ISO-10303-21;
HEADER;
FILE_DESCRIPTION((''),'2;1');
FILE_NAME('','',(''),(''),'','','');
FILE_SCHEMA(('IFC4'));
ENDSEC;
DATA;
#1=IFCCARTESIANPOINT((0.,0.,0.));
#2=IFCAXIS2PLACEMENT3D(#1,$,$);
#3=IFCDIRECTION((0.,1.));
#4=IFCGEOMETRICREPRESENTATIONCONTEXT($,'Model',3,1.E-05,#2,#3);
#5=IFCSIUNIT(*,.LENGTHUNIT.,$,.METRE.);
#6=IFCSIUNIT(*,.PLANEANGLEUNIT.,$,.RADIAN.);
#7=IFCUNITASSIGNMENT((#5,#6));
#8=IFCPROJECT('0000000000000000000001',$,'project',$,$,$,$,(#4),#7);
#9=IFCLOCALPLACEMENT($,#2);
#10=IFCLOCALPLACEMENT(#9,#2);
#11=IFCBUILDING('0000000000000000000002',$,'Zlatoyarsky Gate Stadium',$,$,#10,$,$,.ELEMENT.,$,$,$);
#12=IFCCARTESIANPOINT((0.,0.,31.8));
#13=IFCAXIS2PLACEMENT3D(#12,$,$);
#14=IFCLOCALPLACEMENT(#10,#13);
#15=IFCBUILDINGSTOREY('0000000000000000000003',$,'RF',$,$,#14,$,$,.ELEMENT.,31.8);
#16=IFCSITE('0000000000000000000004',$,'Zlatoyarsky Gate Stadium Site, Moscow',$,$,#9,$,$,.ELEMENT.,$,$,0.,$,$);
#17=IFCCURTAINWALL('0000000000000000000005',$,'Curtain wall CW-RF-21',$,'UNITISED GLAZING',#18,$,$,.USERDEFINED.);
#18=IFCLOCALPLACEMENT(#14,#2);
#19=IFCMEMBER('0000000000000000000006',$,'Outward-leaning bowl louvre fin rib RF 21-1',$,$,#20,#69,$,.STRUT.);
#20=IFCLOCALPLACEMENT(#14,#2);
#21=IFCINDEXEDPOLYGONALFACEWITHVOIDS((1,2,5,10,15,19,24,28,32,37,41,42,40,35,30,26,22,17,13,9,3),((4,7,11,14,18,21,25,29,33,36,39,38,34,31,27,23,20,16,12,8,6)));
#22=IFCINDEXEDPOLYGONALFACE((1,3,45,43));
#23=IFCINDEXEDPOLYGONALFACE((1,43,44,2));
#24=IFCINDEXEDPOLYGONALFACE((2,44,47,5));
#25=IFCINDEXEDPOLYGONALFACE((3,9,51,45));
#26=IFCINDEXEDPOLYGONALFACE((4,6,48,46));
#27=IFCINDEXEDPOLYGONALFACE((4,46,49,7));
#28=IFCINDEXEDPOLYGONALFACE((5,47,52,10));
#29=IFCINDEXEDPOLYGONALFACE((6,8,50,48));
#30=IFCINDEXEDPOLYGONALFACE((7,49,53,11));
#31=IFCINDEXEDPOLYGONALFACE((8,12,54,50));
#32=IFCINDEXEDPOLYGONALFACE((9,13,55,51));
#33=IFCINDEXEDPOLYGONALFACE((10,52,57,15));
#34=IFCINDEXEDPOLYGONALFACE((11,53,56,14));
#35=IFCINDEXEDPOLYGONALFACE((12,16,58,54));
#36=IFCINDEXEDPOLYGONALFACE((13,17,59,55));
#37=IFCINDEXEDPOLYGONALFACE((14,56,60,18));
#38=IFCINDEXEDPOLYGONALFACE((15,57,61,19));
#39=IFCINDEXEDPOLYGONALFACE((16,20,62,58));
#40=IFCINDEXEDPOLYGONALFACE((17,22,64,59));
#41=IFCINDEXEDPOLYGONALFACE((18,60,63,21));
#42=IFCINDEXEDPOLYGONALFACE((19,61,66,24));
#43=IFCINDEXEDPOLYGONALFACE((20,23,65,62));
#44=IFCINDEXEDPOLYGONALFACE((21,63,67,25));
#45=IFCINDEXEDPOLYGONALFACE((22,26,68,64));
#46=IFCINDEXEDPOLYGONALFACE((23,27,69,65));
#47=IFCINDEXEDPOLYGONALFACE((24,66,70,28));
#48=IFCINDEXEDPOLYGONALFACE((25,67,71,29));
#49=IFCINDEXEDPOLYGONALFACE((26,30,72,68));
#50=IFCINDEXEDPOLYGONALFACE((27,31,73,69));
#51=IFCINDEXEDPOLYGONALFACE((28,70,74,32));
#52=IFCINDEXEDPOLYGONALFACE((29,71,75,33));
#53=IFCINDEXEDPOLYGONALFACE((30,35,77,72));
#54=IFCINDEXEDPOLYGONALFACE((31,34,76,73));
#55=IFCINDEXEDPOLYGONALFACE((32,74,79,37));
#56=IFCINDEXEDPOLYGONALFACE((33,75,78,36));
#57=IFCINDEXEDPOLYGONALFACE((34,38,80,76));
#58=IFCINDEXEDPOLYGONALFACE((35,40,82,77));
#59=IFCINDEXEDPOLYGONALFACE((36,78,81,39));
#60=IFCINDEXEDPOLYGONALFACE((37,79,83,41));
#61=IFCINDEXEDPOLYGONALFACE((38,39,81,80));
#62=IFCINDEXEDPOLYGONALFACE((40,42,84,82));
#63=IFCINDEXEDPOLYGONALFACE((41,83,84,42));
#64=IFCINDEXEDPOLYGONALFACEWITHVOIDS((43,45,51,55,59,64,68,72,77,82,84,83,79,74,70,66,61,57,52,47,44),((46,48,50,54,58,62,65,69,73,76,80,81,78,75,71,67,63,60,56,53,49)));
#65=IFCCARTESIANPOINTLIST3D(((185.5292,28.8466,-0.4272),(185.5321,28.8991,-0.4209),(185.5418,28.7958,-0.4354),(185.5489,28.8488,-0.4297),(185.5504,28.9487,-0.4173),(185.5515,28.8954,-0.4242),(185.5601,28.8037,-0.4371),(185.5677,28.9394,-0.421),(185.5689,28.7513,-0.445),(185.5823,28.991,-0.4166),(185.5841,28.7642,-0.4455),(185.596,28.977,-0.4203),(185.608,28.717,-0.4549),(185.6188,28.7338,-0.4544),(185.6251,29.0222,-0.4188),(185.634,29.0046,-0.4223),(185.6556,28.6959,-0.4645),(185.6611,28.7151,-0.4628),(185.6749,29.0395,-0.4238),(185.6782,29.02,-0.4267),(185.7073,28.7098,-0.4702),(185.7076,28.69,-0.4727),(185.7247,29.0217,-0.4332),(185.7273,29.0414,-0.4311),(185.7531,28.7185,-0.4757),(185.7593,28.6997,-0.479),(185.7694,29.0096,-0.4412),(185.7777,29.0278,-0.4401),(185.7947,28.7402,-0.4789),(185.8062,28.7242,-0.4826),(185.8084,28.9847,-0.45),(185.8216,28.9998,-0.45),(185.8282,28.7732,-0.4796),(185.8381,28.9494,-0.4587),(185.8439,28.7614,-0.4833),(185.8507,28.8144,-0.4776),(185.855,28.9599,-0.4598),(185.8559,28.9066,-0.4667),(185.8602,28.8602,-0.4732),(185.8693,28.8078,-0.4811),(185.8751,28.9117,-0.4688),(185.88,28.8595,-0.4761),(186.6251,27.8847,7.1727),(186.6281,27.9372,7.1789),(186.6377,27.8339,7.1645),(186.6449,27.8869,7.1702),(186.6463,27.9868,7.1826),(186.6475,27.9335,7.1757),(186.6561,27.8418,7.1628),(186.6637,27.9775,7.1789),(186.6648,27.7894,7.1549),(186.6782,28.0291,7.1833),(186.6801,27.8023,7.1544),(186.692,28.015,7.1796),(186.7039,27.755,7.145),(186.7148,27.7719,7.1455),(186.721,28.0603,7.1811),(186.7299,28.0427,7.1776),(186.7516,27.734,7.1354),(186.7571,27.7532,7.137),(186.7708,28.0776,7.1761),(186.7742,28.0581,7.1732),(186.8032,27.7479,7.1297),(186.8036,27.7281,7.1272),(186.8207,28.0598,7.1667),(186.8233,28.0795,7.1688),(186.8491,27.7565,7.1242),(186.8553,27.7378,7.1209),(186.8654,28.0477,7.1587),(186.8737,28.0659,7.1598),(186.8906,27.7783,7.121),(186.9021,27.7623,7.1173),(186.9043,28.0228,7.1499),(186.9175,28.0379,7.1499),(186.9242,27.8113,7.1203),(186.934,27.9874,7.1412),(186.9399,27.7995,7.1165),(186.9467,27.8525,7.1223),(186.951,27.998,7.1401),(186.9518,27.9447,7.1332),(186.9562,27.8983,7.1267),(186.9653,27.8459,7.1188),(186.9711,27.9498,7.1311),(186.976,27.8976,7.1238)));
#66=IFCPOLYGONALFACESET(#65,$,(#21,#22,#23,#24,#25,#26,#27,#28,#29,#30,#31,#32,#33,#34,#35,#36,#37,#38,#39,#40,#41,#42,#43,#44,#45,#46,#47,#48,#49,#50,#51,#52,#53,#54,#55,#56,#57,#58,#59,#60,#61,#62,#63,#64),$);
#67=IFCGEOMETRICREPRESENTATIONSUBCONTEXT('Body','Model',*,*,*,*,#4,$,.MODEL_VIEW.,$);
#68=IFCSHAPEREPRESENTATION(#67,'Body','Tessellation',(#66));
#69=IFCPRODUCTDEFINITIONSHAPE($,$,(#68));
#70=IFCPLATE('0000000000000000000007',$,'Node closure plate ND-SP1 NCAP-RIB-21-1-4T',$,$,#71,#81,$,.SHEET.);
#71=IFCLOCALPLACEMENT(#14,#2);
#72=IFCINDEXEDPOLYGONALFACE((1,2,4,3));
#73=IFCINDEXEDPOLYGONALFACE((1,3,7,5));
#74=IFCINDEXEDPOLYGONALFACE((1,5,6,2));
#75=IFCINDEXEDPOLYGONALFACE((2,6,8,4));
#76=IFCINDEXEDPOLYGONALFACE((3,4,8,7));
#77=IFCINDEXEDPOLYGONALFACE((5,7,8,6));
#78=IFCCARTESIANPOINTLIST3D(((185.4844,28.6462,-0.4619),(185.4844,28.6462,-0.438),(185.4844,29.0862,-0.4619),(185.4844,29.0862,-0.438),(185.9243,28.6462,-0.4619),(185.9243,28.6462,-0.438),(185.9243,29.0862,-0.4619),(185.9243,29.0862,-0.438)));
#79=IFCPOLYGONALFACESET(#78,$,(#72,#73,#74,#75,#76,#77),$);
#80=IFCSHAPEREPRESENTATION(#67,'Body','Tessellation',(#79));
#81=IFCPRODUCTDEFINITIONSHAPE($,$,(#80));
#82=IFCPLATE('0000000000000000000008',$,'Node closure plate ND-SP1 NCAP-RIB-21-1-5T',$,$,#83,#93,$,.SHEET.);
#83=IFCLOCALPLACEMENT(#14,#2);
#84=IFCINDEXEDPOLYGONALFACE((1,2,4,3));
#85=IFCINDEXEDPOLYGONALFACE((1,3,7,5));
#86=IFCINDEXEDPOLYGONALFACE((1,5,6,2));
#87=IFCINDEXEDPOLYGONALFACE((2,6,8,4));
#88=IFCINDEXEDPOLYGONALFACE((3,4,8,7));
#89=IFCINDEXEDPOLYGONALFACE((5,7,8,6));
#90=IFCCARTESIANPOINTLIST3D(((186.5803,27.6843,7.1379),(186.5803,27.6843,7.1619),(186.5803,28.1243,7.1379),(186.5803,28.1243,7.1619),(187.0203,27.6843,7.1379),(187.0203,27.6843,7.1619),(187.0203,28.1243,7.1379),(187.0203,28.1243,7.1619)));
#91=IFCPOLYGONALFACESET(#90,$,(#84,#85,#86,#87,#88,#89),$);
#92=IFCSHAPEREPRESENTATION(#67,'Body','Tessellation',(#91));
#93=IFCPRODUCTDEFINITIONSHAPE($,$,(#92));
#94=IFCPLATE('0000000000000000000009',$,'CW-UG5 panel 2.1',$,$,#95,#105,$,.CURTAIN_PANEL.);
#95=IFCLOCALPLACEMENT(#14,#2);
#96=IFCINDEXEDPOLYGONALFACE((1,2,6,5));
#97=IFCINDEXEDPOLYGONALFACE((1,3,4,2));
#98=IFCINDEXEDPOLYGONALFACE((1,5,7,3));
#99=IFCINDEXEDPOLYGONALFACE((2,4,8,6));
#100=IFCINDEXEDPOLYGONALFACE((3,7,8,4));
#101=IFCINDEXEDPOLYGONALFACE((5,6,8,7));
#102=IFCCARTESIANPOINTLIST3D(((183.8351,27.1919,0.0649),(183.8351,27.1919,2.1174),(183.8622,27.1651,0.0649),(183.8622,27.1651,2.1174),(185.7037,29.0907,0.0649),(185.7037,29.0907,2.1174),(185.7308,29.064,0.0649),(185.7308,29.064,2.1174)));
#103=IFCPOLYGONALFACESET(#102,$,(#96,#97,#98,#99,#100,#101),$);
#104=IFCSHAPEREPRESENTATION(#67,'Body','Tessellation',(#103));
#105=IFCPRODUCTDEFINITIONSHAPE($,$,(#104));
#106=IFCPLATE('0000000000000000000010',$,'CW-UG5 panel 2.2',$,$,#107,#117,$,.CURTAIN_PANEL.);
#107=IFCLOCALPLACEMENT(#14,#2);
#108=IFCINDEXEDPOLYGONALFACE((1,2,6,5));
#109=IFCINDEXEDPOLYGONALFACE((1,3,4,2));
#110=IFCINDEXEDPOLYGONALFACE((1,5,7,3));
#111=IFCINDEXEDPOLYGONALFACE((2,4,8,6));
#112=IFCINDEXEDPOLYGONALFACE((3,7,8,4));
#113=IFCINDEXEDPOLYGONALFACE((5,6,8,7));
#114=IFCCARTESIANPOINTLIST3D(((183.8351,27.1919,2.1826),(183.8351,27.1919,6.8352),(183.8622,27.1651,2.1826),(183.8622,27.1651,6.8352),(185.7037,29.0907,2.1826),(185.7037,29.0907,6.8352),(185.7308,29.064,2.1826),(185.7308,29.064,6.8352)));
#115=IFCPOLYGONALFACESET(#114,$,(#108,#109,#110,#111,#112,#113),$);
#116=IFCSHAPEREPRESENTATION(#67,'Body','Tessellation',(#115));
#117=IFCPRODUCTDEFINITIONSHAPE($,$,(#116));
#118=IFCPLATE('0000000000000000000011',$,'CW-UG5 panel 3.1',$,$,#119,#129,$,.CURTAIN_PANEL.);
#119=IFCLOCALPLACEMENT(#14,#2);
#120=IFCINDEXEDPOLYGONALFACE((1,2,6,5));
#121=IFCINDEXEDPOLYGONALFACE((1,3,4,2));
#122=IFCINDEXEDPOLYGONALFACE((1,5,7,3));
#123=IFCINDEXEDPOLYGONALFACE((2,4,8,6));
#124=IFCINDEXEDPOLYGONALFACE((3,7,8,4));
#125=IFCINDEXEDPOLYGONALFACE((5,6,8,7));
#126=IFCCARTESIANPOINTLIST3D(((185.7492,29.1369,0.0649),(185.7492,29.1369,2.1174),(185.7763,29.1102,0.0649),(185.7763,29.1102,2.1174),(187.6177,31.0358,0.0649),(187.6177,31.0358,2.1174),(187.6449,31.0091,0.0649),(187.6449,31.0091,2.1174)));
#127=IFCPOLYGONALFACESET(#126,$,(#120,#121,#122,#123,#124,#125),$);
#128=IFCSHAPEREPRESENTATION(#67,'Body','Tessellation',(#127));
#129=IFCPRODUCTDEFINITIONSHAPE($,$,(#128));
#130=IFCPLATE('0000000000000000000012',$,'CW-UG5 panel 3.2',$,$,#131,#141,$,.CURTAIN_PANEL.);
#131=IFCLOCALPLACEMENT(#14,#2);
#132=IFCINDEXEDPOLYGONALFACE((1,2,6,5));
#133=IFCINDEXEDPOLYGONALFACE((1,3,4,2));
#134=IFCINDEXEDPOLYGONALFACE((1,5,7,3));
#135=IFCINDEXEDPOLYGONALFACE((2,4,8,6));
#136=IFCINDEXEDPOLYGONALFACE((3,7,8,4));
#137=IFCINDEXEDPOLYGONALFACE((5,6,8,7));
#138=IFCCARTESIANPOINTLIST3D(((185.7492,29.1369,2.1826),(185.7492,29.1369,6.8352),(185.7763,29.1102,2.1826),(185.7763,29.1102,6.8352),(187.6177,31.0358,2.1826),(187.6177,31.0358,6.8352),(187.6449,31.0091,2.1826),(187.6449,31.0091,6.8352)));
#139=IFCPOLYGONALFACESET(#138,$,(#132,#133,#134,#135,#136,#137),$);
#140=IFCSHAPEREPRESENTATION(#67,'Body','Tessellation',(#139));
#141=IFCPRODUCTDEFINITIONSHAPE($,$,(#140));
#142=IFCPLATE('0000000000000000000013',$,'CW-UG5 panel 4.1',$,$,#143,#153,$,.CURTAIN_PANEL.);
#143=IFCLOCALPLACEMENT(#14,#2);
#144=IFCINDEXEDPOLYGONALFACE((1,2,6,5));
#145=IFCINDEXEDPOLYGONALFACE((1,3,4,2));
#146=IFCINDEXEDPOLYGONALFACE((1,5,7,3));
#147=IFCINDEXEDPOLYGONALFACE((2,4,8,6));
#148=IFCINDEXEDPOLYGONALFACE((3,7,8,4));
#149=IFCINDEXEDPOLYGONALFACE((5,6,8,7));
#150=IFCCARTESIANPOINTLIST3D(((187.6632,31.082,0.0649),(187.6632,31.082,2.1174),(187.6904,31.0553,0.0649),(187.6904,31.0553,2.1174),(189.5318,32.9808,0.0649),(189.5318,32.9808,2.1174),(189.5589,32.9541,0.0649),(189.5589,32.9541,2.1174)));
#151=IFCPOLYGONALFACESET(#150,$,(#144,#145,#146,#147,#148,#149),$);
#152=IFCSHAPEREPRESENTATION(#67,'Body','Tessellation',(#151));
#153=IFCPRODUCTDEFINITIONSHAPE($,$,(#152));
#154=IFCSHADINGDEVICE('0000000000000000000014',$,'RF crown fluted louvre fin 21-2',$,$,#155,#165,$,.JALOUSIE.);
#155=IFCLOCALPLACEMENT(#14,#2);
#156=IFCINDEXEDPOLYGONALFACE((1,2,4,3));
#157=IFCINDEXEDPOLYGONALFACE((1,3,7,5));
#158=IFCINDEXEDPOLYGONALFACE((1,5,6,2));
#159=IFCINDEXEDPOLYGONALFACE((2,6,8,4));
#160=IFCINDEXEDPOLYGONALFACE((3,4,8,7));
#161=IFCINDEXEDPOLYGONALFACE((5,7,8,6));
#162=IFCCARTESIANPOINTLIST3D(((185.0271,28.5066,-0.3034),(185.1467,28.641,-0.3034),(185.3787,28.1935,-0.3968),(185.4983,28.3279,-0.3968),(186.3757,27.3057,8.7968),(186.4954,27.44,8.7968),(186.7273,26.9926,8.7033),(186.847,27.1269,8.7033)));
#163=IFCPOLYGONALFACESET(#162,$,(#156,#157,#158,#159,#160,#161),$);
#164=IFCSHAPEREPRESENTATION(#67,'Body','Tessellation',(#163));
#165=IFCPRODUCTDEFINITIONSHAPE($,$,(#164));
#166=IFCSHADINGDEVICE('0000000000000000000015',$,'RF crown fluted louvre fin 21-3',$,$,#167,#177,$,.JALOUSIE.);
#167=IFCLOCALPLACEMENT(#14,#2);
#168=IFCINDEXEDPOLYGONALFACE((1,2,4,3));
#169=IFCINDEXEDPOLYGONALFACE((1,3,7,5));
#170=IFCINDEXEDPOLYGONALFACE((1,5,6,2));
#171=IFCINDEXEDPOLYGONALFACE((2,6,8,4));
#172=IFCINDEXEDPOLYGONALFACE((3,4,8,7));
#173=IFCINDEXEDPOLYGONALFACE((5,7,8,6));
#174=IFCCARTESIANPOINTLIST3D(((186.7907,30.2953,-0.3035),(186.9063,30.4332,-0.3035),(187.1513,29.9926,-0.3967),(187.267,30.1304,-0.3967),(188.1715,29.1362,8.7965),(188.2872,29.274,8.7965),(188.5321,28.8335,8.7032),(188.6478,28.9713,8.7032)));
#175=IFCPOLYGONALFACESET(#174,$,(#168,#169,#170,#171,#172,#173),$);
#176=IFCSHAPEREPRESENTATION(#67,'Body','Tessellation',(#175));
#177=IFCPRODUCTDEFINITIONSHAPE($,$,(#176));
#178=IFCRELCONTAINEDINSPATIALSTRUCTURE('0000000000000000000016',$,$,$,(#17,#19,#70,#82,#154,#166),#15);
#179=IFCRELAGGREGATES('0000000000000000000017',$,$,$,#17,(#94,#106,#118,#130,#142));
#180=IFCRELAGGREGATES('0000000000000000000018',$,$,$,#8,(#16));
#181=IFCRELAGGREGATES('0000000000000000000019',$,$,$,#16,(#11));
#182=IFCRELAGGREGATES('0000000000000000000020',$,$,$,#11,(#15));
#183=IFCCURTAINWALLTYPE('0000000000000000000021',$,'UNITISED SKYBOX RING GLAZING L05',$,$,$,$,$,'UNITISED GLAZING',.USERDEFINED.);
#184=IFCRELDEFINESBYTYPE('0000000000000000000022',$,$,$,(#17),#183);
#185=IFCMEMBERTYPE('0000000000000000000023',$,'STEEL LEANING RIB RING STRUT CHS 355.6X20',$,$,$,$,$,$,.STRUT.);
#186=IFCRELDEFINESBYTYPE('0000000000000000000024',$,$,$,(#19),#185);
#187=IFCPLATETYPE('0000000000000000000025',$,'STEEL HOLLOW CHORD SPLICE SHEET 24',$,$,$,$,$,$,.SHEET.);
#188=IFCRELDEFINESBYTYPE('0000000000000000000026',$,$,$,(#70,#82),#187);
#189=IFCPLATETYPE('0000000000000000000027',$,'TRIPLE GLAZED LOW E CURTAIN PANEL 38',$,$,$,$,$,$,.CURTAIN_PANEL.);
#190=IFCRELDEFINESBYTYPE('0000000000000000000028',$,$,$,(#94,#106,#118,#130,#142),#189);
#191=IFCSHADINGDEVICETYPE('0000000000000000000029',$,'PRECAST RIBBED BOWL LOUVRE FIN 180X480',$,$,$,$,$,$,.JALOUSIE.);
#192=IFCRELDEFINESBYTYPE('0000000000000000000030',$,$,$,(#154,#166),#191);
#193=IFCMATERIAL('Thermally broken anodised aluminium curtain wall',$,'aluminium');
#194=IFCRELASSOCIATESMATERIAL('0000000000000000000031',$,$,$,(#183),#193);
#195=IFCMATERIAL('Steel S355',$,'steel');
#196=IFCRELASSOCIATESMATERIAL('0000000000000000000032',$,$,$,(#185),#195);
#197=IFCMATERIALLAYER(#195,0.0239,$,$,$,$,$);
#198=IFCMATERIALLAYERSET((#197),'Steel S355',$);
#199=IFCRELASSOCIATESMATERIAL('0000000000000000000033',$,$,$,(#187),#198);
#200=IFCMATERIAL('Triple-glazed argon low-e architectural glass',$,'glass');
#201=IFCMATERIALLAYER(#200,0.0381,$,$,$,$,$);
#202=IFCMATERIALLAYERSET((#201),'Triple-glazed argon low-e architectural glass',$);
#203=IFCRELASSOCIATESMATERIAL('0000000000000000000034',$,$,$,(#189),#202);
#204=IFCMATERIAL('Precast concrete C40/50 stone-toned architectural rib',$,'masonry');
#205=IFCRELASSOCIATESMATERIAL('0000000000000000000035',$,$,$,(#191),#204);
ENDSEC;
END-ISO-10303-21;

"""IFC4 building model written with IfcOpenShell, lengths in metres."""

from ifc_helpers import new_model, si_unit, direction, frame, origin, origin_2d, place, context, subcontext, project, spatial, rectangle, hollow_circle, extrude, material, layer, layer_set, material_profile, profile_set, type_object, element, aggregate, save


model = new_model("IFC4")

# Units and contexts
model_context = context("Model", 3, precision=1e-05, world=origin(), true_north=direction((0.0, 1.0)))
body_context = subcontext(model_context, "Body", "Model", "MODEL_VIEW")
ifc_project = project(units=[si_unit("LENGTHUNIT", "METRE"), si_unit("PLANEANGLEUNIT", "RADIAN")], contexts=[model_context])

# Site, building, storey
site_placement = place(None, origin())
site = spatial("IfcSite", under=ifc_project, at=site_placement, Name="Zlatoyarsky Gate Stadium Site, Moscow", CompositionType="ELEMENT", RefElevation=0.0)
building_placement = place(site_placement, origin())
building = spatial("IfcBuilding", under=site, at=building_placement, Name="Zlatoyarsky Gate Stadium", CompositionType="ELEMENT")
storey_placement = place(building_placement, frame((0.0, 0.0, 31.8)))
storey = spatial("IfcBuildingStorey", under=building, at=storey_placement, Name="RF", CompositionType="ELEMENT", Elevation=31.8)

# Curtain wall
ifc_material_1 = material(Name="Thermally broken anodised aluminium curtain wall", Category="aluminium")
curtain_wall_type = type_object("IfcCurtainWallType", Name="UNITISED SKYBOX RING GLAZING L05", ElementType="UNITISED GLAZING", PredefinedType="USERDEFINED", material=ifc_material_1)
curtain_wall_placement = place(storey_placement, origin())
curtain_wall = element("IfcCurtainWall", 1, at=curtain_wall_placement, inside=storey, type_object=curtain_wall_type, Name="Curtain wall CW-RF-21", ObjectType="UNITISED GLAZING", PredefinedType="USERDEFINED")

# Member
ifc_material_2 = material(Name="Steel S355", Category="steel")
ifc_material_profile_1 = material_profile(ifc_material_2, hollow_circle(Radius=0.1777, WallThickness=0.02, at=origin_2d()), Name="CHS 355.6X20")
ifc_profile_set_1 = profile_set([ifc_material_profile_1], Name="Steel S355")
member_type_1 = type_object("IfcMemberType", Name="STEEL LEANING RIB RING STRUT CHS 355.6X20", PredefinedType="STRUT", material=ifc_profile_set_1)
member_1_placement = place(storey_placement, frame((185.7043, 28.8662, -0.45), z_axis=(0.141623, -0.124303, 0.982085), x_axis=(0.659654, 0.75157, 0.0)))
element("IfcMember", 2, at=member_1_placement, inside=storey, type_object=member_type_1, Name="Outward-leaning bowl louvre fin rib RF 21-1", PredefinedType="STRUT", context=body_context, shape_type="SweptSolid", body=[
    extrude(hollow_circle(Radius=0.1777, WallThickness=0.02, at=origin_2d()), origin(), (0.0, 0.0, 1.0), 7.7385),
])

# Plates
ifc_layer_1 = layer(ifc_material_2, 0.0239)
ifc_layer_set_1 = layer_set([ifc_layer_1], Name="Steel S355")
plate_type_1 = type_object("IfcPlateType", Name="STEEL HOLLOW CHORD SPLICE SHEET 24", PredefinedType="SHEET", material=ifc_layer_set_1)
for number, where, z_axis, x_axis, name in (
    (3, (185.7043, 28.8662, -0.4619), (0.0, 0.0, 1.0), (1.0, 0.0, 0.0), "Node closure plate ND-SP1 NCAP-RIB-21-1-4T"),
    (4, (186.8003, 27.9043, 7.1379), (0.0, 0.0, 1.0), (1.0, 0.0, 0.0), "Node closure plate ND-SP1 NCAP-RIB-21-1-5T"),
):
    element("IfcPlate", number, at=place(storey_placement, frame(where, z_axis=z_axis, x_axis=x_axis)), inside=storey, type_object=plate_type_1, Name=name, PredefinedType="SHEET", context=body_context, shape_type="SweptSolid", body=[
        extrude(rectangle(XDim=0.4399, YDim=0.4399, at=origin_2d()), origin(), (0.0, 0.0, 1.0), 0.0239),
    ])

# Plates
ifc_material_3 = material(Name="Triple-glazed argon low-e architectural glass", Category="glass")
ifc_layer_2 = layer(ifc_material_3, 0.0381)
ifc_layer_set_2 = layer_set([ifc_layer_2], Name="Triple-glazed argon low-e architectural glass")
plate_type_2 = type_object("IfcPlateType", Name="TRIPLE GLAZED LOW E CURTAIN PANEL 38", PredefinedType="CURTAIN_PANEL", material=ifc_layer_set_2)
plate_1_placement = place(storey_placement, frame((184.783, 28.1279, 0.0649), z_axis=(0.0, 0.0, 1.0), x_axis=(0.701402, 0.712766, 0.0)))
plate_1 = element("IfcPlate", 5, at=plate_1_placement, type_object=plate_type_2, Name="CW-UG5 panel 2.1", PredefinedType="CURTAIN_PANEL", context=body_context, shape_type="SweptSolid", body=[
    extrude(rectangle(XDim=2.6641, YDim=0.0381, at=origin_2d()), origin(), (0.0, 0.0, 1.0), 2.0525),
])
plate_2_placement = place(storey_placement, frame((184.783, 28.1279, 2.1826), z_axis=(0.0, 0.0, 1.0), x_axis=(0.701402, 0.712766, 0.0)))
plate_2 = element("IfcPlate", 6, at=plate_2_placement, type_object=plate_type_2, Name="CW-UG5 panel 2.2", PredefinedType="CURTAIN_PANEL", context=body_context, shape_type="SweptSolid", body=[
    extrude(rectangle(XDim=2.6641, YDim=0.0381, at=origin_2d()), origin(), (0.0, 0.0, 1.0), 4.6526),
])
plate_3_placement = place(storey_placement, frame((186.697, 30.073, 0.0649), z_axis=(0.0, 0.0, 1.0), x_axis=(0.701402, 0.712766, 0.0)))
plate_3 = element("IfcPlate", 7, at=plate_3_placement, type_object=plate_type_2, Name="CW-UG5 panel 3.1", PredefinedType="CURTAIN_PANEL", context=body_context, shape_type="SweptSolid", body=[
    extrude(rectangle(XDim=2.6641, YDim=0.0381, at=origin_2d()), origin(), (0.0, 0.0, 1.0), 2.0525),
])
plate_4_placement = place(storey_placement, frame((186.697, 30.073, 2.1826), z_axis=(0.0, 0.0, 1.0), x_axis=(0.701402, 0.712766, 0.0)))
plate_4 = element("IfcPlate", 8, at=plate_4_placement, type_object=plate_type_2, Name="CW-UG5 panel 3.2", PredefinedType="CURTAIN_PANEL", context=body_context, shape_type="SweptSolid", body=[
    extrude(rectangle(XDim=2.6641, YDim=0.0381, at=origin_2d()), origin(), (0.0, 0.0, 1.0), 4.6526),
])
plate_5_placement = place(storey_placement, frame((188.6111, 32.0181, 0.0649), z_axis=(0.0, 0.0, 1.0), x_axis=(0.701402, 0.712766, 0.0)))
plate_5 = element("IfcPlate", 9, at=plate_5_placement, type_object=plate_type_2, Name="CW-UG5 panel 4.1", PredefinedType="CURTAIN_PANEL", context=body_context, shape_type="SweptSolid", body=[
    extrude(rectangle(XDim=2.6641, YDim=0.0381, at=origin_2d()), origin(), (0.0, 0.0, 1.0), 2.0525),
])
aggregate(curtain_wall, [plate_1, plate_2, plate_3, plate_4, plate_5])

# Shading devices
ifc_material_4 = material(Name="Precast concrete C40/50 stone-toned architectural rib", Category="masonry")
ifc_material_profile_2 = material_profile(ifc_material_4, rectangle(XDim=0.1799, YDim=0.48, at=origin_2d()), Name="RIB 180X480")
ifc_profile_set_2 = profile_set([ifc_material_profile_2], Name="Precast concrete C40/50 stone-toned architectural rib")
shading_device_type = type_object("IfcShadingDeviceType", Name="PRECAST RIBBED BOWL LOUVRE FIN 180X480", PredefinedType="JALOUSIE", material=ifc_profile_set_2)
shading_device_1_placement = place(storey_placement, frame((185.2627, 28.4172, -0.3501), z_axis=(0.145365, -0.129445, 0.980874), x_axis=(0.665027, 0.74682, 0.0)))
element("IfcShadingDevice", 10, at=shading_device_1_placement, inside=storey, type_object=shading_device_type, Name="RF crown fluted louvre fin 21-2", PredefinedType="JALOUSIE", context=body_context, shape_type="SweptSolid", body=[
    extrude(rectangle(XDim=0.1799, YDim=0.48, at=origin_2d()), origin(), (0.0, 0.0, 1.0), 9.2776),
])
shading_device_2_placement = place(storey_placement, frame((187.0288, 30.2129, -0.3501), z_axis=(0.148848, -0.124952, 0.980934), x_axis=(0.642951, 0.765908, 0.0)))
element("IfcShadingDevice", 11, at=shading_device_2_placement, inside=storey, type_object=shading_device_type, Name="RF crown fluted louvre fin 21-3", PredefinedType="JALOUSIE", context=body_context, shape_type="SweptSolid", body=[
    extrude(rectangle(XDim=0.1799, YDim=0.48, at=origin_2d()), origin(), (0.0, 0.0, 1.0), 9.2769),
])

save(model, "model.ifc")
